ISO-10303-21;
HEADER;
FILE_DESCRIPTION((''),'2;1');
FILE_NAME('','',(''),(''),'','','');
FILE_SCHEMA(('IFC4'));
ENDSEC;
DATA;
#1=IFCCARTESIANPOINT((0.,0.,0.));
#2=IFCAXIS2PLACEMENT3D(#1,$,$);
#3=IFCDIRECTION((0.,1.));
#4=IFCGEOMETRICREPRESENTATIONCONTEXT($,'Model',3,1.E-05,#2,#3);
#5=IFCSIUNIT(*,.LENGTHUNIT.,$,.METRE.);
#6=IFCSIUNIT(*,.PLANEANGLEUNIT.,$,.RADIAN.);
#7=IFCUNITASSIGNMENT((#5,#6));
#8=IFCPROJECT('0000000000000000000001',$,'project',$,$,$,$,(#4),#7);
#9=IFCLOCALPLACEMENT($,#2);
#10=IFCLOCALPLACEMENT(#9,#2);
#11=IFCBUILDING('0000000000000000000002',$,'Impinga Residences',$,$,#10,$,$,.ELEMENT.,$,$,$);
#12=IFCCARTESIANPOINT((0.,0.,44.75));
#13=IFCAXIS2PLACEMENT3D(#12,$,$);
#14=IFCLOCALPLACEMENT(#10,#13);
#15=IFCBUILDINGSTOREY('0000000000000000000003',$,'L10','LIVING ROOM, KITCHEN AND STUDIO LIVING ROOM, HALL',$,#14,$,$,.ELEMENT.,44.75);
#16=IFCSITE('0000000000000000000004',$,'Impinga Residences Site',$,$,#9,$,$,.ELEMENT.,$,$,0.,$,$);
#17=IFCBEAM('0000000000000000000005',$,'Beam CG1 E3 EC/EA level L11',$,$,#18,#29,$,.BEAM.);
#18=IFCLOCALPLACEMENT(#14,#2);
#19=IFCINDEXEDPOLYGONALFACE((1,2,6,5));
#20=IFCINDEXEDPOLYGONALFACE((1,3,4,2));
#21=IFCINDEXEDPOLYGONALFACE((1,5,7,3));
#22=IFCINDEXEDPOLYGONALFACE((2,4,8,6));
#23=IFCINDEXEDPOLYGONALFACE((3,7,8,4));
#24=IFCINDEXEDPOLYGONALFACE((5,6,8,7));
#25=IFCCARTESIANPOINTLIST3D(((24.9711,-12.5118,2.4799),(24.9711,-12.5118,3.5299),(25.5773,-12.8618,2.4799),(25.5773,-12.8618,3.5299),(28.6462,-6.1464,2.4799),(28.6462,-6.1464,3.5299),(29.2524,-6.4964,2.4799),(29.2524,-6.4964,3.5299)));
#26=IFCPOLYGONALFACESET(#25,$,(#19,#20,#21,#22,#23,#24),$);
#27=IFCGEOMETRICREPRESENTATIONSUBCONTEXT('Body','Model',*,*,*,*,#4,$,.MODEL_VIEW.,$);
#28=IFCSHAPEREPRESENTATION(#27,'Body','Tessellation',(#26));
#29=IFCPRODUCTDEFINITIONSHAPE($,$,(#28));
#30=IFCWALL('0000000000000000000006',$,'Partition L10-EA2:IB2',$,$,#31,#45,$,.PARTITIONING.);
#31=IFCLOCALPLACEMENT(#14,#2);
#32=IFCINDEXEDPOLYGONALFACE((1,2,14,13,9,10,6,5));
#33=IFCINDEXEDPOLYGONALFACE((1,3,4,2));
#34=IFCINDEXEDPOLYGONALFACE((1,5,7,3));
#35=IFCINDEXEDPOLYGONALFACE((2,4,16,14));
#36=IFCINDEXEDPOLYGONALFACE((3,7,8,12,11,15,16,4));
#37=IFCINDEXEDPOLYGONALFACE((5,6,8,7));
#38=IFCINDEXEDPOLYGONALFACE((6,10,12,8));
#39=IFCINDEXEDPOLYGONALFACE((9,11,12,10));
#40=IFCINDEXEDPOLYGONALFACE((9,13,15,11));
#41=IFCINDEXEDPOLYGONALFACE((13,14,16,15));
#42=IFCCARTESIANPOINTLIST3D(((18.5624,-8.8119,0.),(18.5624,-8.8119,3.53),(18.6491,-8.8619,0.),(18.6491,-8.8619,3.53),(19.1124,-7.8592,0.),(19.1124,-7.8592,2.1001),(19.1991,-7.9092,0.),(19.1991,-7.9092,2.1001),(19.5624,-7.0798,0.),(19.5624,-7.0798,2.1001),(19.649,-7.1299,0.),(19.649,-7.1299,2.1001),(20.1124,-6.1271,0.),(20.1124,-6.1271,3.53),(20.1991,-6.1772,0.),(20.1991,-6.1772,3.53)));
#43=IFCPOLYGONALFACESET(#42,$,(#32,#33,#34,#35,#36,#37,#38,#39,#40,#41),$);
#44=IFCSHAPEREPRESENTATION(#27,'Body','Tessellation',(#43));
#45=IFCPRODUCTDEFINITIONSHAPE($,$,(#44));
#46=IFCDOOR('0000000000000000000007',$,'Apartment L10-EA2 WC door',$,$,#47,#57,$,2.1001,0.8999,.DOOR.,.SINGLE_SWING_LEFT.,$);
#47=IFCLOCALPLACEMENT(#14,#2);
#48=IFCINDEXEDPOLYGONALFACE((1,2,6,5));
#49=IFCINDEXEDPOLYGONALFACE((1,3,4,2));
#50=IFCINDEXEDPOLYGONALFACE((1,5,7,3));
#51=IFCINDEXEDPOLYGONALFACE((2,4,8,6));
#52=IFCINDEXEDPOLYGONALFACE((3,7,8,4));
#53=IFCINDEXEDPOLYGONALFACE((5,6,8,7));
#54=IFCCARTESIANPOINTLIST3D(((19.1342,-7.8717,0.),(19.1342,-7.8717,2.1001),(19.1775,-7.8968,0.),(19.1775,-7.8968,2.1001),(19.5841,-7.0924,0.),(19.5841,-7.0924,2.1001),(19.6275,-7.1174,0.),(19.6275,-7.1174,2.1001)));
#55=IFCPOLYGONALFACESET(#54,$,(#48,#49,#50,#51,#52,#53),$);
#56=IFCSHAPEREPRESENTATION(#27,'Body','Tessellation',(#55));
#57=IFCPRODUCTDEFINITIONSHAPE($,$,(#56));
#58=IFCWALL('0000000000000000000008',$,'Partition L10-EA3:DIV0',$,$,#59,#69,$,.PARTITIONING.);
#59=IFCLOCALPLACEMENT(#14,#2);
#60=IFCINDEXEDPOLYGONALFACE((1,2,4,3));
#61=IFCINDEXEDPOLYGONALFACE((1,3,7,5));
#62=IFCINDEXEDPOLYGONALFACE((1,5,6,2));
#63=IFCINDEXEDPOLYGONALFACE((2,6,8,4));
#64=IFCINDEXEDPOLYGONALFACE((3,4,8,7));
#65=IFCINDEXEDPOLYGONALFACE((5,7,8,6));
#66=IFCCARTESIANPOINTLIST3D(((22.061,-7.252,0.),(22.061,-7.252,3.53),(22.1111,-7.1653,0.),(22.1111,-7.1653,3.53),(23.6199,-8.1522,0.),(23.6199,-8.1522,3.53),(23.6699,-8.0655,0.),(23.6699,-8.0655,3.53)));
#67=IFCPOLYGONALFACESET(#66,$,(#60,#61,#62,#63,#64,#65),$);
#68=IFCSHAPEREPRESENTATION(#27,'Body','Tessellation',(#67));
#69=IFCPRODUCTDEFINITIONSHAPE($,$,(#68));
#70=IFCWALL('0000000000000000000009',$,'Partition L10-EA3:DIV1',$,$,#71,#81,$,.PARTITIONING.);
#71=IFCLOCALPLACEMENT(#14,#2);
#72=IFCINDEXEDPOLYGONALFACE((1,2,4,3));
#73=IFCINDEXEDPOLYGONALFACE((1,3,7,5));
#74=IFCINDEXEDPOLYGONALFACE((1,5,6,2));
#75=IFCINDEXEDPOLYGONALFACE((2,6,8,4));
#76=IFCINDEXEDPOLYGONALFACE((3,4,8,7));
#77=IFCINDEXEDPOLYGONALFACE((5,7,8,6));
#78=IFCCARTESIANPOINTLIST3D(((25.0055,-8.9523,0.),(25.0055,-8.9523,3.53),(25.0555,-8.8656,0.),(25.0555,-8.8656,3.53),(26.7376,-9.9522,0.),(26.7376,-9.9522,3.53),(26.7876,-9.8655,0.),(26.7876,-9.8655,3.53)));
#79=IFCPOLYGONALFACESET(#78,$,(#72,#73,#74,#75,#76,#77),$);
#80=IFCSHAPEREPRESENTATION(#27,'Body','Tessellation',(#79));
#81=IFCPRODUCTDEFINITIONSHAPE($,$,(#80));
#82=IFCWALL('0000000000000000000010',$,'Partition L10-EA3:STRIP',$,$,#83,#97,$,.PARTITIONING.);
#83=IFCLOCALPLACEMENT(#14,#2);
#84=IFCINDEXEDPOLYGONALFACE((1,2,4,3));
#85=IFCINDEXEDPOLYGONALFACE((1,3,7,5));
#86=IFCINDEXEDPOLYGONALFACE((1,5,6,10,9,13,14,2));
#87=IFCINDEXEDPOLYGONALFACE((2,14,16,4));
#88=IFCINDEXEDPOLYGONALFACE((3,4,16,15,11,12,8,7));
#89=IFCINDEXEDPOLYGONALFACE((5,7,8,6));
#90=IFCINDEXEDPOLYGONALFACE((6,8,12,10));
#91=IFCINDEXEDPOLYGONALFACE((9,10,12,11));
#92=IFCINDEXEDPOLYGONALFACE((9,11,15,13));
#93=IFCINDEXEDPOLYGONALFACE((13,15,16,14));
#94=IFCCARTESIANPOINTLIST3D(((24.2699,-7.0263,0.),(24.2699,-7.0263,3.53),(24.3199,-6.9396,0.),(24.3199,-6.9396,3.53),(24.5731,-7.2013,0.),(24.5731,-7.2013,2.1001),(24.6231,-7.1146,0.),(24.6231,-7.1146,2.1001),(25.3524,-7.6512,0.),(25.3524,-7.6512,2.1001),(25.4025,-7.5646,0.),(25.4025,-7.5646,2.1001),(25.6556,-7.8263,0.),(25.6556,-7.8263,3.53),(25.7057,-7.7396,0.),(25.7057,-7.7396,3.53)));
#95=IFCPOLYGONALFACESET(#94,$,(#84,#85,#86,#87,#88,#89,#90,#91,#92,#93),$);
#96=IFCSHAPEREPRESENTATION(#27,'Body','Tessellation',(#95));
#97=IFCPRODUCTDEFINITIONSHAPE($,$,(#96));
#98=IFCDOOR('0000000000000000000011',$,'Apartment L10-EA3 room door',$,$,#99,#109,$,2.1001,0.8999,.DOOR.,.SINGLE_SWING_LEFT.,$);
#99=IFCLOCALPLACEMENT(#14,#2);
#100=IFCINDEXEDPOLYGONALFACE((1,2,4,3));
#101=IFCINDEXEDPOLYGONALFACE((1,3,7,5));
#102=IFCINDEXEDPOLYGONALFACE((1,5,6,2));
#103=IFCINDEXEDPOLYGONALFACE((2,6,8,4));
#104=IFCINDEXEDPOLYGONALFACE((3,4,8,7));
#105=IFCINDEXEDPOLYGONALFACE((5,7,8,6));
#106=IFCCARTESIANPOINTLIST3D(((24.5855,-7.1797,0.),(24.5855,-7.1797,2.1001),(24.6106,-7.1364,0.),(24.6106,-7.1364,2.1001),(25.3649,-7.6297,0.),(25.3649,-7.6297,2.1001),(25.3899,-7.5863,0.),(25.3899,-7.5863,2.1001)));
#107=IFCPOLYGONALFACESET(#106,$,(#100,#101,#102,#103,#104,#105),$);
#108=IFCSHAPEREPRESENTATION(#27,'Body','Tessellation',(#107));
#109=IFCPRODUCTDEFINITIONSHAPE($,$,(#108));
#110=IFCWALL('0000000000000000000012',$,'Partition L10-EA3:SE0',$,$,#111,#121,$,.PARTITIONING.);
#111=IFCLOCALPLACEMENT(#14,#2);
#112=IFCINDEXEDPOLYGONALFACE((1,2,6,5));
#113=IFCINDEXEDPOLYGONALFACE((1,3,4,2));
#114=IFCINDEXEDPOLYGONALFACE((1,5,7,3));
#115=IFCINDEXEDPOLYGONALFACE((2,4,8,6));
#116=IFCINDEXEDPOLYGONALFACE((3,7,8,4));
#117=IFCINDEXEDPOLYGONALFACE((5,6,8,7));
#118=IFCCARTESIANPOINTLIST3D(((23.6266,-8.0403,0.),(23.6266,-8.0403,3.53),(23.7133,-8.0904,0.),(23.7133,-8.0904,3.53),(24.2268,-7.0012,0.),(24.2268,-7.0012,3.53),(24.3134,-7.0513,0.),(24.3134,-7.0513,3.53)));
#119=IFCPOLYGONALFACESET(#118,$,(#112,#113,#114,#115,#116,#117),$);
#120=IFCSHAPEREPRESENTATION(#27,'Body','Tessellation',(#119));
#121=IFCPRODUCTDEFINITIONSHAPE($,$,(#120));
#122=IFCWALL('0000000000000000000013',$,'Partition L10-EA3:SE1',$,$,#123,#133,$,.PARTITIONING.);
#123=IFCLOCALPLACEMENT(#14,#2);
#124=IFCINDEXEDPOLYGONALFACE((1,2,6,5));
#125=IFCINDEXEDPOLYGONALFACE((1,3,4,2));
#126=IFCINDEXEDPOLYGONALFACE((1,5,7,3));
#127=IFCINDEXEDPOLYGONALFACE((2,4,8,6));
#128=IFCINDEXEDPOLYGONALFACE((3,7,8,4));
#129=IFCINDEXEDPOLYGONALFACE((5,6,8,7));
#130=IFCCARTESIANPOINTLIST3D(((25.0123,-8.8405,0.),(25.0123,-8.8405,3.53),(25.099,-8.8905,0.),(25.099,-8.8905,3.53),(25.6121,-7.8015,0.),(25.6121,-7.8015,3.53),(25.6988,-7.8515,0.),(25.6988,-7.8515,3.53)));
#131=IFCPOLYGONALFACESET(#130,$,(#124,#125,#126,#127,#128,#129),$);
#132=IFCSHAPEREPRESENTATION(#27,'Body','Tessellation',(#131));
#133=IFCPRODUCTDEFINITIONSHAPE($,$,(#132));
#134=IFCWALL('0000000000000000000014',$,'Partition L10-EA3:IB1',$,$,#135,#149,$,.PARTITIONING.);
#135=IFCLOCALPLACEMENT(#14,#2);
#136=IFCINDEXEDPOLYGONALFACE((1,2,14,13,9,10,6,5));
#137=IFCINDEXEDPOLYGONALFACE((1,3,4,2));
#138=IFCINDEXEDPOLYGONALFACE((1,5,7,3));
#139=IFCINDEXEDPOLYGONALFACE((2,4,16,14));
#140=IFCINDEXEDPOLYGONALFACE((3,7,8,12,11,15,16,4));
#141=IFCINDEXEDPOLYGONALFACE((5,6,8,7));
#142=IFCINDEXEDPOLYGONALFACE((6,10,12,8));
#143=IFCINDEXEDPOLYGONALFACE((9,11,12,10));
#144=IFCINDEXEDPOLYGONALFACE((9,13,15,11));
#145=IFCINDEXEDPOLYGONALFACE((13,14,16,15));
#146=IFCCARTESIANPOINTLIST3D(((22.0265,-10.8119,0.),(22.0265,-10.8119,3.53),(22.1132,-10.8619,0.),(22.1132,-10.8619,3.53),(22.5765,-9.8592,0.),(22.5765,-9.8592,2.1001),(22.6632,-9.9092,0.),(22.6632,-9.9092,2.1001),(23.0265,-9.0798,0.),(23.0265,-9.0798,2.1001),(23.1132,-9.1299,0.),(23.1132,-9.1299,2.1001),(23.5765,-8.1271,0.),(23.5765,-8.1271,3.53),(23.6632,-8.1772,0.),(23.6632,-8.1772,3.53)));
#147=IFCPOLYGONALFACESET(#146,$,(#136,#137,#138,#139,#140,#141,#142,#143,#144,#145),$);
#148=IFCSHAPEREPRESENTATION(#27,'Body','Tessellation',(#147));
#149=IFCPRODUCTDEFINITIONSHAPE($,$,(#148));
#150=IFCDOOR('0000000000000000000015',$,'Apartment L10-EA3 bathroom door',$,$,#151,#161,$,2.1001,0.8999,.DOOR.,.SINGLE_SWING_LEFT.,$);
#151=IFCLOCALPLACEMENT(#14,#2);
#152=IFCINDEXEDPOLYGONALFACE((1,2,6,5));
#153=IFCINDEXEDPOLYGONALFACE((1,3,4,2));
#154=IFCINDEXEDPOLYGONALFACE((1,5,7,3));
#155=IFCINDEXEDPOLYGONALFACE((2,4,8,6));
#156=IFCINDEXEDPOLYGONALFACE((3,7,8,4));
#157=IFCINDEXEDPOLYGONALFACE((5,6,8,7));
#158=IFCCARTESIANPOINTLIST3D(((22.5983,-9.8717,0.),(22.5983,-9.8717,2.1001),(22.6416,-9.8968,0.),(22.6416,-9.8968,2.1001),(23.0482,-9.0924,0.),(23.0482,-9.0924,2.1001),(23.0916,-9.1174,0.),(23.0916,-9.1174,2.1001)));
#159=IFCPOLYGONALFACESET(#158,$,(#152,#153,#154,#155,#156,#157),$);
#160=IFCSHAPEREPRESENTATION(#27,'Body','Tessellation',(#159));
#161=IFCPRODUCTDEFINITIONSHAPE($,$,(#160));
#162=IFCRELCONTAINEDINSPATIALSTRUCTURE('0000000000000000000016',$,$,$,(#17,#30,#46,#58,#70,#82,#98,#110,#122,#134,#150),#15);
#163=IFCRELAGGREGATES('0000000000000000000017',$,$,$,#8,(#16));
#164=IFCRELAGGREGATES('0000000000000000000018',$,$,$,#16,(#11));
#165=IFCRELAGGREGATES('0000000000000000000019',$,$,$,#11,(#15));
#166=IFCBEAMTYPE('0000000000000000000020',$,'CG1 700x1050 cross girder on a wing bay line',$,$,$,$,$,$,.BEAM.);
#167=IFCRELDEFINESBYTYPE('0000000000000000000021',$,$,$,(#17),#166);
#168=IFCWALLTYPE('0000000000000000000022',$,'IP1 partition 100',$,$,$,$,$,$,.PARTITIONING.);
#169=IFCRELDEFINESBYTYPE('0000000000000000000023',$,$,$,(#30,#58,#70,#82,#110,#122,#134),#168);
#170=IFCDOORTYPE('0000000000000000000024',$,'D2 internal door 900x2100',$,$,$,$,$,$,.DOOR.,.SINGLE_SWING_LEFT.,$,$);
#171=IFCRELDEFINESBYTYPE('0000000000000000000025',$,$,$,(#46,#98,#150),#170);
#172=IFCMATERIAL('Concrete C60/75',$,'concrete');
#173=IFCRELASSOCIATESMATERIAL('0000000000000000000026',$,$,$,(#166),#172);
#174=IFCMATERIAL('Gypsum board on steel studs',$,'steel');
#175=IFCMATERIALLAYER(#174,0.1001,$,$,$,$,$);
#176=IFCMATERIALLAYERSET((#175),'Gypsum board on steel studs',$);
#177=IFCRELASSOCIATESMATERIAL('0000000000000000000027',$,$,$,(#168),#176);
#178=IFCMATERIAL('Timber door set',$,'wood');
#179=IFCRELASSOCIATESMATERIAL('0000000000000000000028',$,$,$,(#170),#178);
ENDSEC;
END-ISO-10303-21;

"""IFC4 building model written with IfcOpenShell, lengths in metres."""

from ifc_helpers import new_model, si_unit, direction, frame, frame_2d, origin, origin_2d, place, context, subcontext, project, spatial, rectangle, extrude, material, layer, layer_set, material_profile, profile_set, type_object, element, fill, save


model = new_model("IFC4")

# Units and contexts
model_context = context("Model", 3, precision=1e-05, world=origin(), true_north=direction((0.0, 1.0)))
body_context = subcontext(model_context, "Body", "Model", "MODEL_VIEW")
ifc_project = project(units=[si_unit("LENGTHUNIT", "METRE"), si_unit("PLANEANGLEUNIT", "RADIAN")], contexts=[model_context])

# Site, building, storey
site_placement = place(None, origin())
site = spatial("IfcSite", under=ifc_project, at=site_placement, Name="Impinga Residences Site", CompositionType="ELEMENT", RefElevation=0.0)
building_placement = place(site_placement, origin())
building = spatial("IfcBuilding", under=site, at=building_placement, Name="Impinga Residences", CompositionType="ELEMENT")
storey_placement = place(building_placement, frame((0.0, 0.0, 44.75)))
storey = spatial("IfcBuildingStorey", under=building, at=storey_placement, Name="L10", Description="LIVING ROOM, KITCHEN AND STUDIO LIVING ROOM, HALL", CompositionType="ELEMENT", Elevation=44.75)

# Beam
ifc_material_1 = material(Name="Concrete C60/75", Category="concrete")
ifc_material_profile = material_profile(ifc_material_1, rectangle(XDim=0.7, YDim=1.05, at=origin_2d()), Name="RC 700x1050")
ifc_profile_set = profile_set([ifc_material_profile], Name="Concrete C60/75")
beam_type = type_object("IfcBeamType", Name="CG1 700x1050 cross girder on a wing bay line", PredefinedType="BEAM", material=ifc_profile_set)
beam_placement = place(storey_placement, frame((25.2742, -12.6868, 3.0049), z_axis=(0.500008, 0.866021, 0.0), x_axis=(-0.866021, 0.500008, 0.0)))
element("IfcBeam", 1, at=beam_placement, inside=storey, type_object=beam_type, Name="Beam CG1 E3 EC/EA level L11", PredefinedType="BEAM", context=body_context, shape_type="SweptSolid", body=[
    extrude(rectangle(XDim=0.7, YDim=1.05, at=origin_2d()), origin(), (0.0, 0.0, 1.0), 7.3501),
])

# Wall, opening, door
ifc_material_2 = material(Name="Gypsum board on steel studs", Category="steel")
ifc_layer_1 = layer(ifc_material_2, 0.1001)
ifc_layer_set_1 = layer_set([ifc_layer_1], Name="Gypsum board on steel studs")
wall_type_1 = type_object("IfcWallType", Name="IP1 partition 100", PredefinedType="PARTITIONING", material=ifc_layer_set_1)
wall_1_placement = place(storey_placement, frame((18.6057, -8.8369, 0.0), z_axis=(0.0, 0.0, 1.0), x_axis=(0.499993, 0.86603, 0.0)))
wall_1 = element("IfcWall", 2, at=wall_1_placement, inside=storey, type_object=wall_type_1, Name="Partition L10-EA2:IB2", PredefinedType="PARTITIONING", context=body_context, shape_type="SweptSolid", body=[
    extrude(rectangle(XDim=3.1001, YDim=0.1001, at=frame_2d((1.55, 0.0))), origin(), (0.0, 0.0, 1.0), 3.53),
])
opening_1_placement = place(wall_1_placement, frame((1.1001, 0.0, 0.0)))
opening_1 = element("IfcOpeningElement", 3, at=opening_1_placement, cuts=wall_1, PredefinedType="OPENING", context=body_context, shape_type="SweptSolid", body=[
    extrude(rectangle(XDim=0.8999, YDim=2.1001, at=frame_2d((0.45, 1.05))), frame((0.0, 0.0601, 0.0), z_axis=(0.0, -1.0, 0.0), x_axis=(1.0, 0.0, 0.0)), (0.0, 0.0, 1.0), 0.1201),
])
ifc_material_3 = material(Name="Timber door set", Category="wood")
door_type = type_object("IfcDoorType", Name="D2 internal door 900x2100", OperationType="SINGLE_SWING_LEFT", PredefinedType="DOOR", material=ifc_material_3)
door_1_placement = place(opening_1_placement, origin())
door_1 = element("IfcDoor", 4, at=door_1_placement, inside=storey, type_object=door_type, Name="Apartment L10-EA2 WC door", OperationType="SINGLE_SWING_LEFT", OverallHeight=2.1001, OverallWidth=0.8999, PredefinedType="DOOR", context=body_context, shape_type="SweptSolid", body=[
    extrude(rectangle(XDim=0.8999, YDim=2.1001, at=frame_2d((0.45, 1.05))), frame((0.0, 0.0249, 0.0), z_axis=(0.0, -1.0, 0.0), x_axis=(1.0, 0.0, 0.0)), (0.0, 0.0, 1.0), 0.05),
])
fill(opening_1, door_1)

# Walls
wall_2_placement = place(storey_placement, frame((22.0862, -7.2087, 0.0), z_axis=(0.0, 0.0, 1.0), x_axis=(0.865989, -0.500063, 0.0)))
element("IfcWall", 5, at=wall_2_placement, inside=storey, type_object=wall_type_1, Name="Partition L10-EA3:DIV0", PredefinedType="PARTITIONING", context=body_context, shape_type="SweptSolid", body=[
    extrude(rectangle(XDim=1.8, YDim=0.1001, at=frame_2d((0.8999, 0.0))), origin(), (0.0, 0.0, 1.0), 3.53),
])
wall_3_placement = place(storey_placement, frame((25.0305, -8.9089, 0.0), z_axis=(0.0, 0.0, 1.0), x_axis=(0.866041, -0.499973, 0.0)))
element("IfcWall", 6, at=wall_3_placement, inside=storey, type_object=wall_type_1, Name="Partition L10-EA3:DIV1", PredefinedType="PARTITIONING", context=body_context, shape_type="SweptSolid", body=[
    extrude(rectangle(XDim=2.0, YDim=0.1001, at=frame_2d((1.0, 0.0))), origin(), (0.0, 0.0, 1.0), 3.53),
])

# Wall, opening, door
wall_4_placement = place(storey_placement, frame((24.2949, -6.9829, 0.0), z_axis=(0.0, 0.0, 1.0), x_axis=(0.866028, -0.499995, 0.0)))
wall_4 = element("IfcWall", 7, at=wall_4_placement, inside=storey, type_object=wall_type_1, Name="Partition L10-EA3:STRIP", PredefinedType="PARTITIONING", context=body_context, shape_type="SweptSolid", body=[
    extrude(rectangle(XDim=1.6001, YDim=0.1001, at=frame_2d((0.8, 0.0))), origin(), (0.0, 0.0, 1.0), 3.53),
])
opening_2_placement = place(wall_4_placement, frame((0.3501, 0.0, 0.0)))
opening_2 = element("IfcOpeningElement", 8, at=opening_2_placement, cuts=wall_4, PredefinedType="OPENING", context=body_context, shape_type="SweptSolid", body=[
    extrude(rectangle(XDim=0.8999, YDim=2.1001, at=frame_2d((0.45, 1.05))), frame((0.0, 0.0601, 0.0), z_axis=(0.0, -1.0, 0.0), x_axis=(1.0, 0.0, 0.0)), (0.0, 0.0, 1.0), 0.1201),
])
door_2_placement = place(opening_2_placement, origin())
door_2 = element("IfcDoor", 9, at=door_2_placement, inside=storey, type_object=door_type, Name="Apartment L10-EA3 room door", OperationType="SINGLE_SWING_LEFT", OverallHeight=2.1001, OverallWidth=0.8999, PredefinedType="DOOR", context=body_context, shape_type="SweptSolid", body=[
    extrude(rectangle(XDim=0.8999, YDim=2.1001, at=frame_2d((0.45, 1.05))), frame((0.0, 0.0249, 0.0), z_axis=(0.0, -1.0, 0.0), x_axis=(1.0, 0.0, 0.0)), (0.0, 0.0, 1.0), 0.05),
])
fill(opening_2, door_2)

# Walls
wall_5_placement = place(storey_placement, frame((23.6699, -8.0654, 0.0), z_axis=(0.0, 0.0, 1.0), x_axis=(0.500122, 0.865955, 0.0)))
element("IfcWall", 10, at=wall_5_placement, inside=storey, type_object=wall_type_1, Name="Partition L10-EA3:SE0", PredefinedType="PARTITIONING", context=body_context, shape_type="SweptSolid", body=[
    extrude(rectangle(XDim=1.2, YDim=0.1001, at=frame_2d((0.6001, 0.0))), origin(), (0.0, 0.0, 1.0), 3.53),
])
wall_6_placement = place(storey_placement, frame((25.0557, -8.8655, 0.0), z_axis=(0.0, 0.0, 1.0), x_axis=(0.499969, 0.866043, 0.0)))
element("IfcWall", 11, at=wall_6_placement, inside=storey, type_object=wall_type_1, Name="Partition L10-EA3:SE1", PredefinedType="PARTITIONING", context=body_context, shape_type="SweptSolid", body=[
    extrude(rectangle(XDim=1.1997, YDim=0.1001, at=frame_2d((0.5999, 0.0))), origin(), (0.0, 0.0, 1.0), 3.53),
])

# Wall, opening, door
wall_7_placement = place(storey_placement, frame((22.0698, -10.8369, 0.0), z_axis=(0.0, 0.0, 1.0), x_axis=(0.499993, 0.86603, 0.0)))
wall_7 = element("IfcWall", 12, at=wall_7_placement, inside=storey, type_object=wall_type_1, Name="Partition L10-EA3:IB1", PredefinedType="PARTITIONING", context=body_context, shape_type="SweptSolid", body=[
    extrude(rectangle(XDim=3.1001, YDim=0.1001, at=frame_2d((1.55, 0.0))), origin(), (0.0, 0.0, 1.0), 3.53),
])
opening_3_placement = place(wall_7_placement, frame((1.1001, 0.0, 0.0)))
opening_3 = element("IfcOpeningElement", 13, at=opening_3_placement, cuts=wall_7, PredefinedType="OPENING", context=body_context, shape_type="SweptSolid", body=[
    extrude(rectangle(XDim=0.8999, YDim=2.1001, at=frame_2d((0.45, 1.05))), frame((0.0, 0.0601, 0.0), z_axis=(0.0, -1.0, 0.0), x_axis=(1.0, 0.0, 0.0)), (0.0, 0.0, 1.0), 0.1201),
])
door_3_placement = place(opening_3_placement, origin())
door_3 = element("IfcDoor", 14, at=door_3_placement, inside=storey, type_object=door_type, Name="Apartment L10-EA3 bathroom door", OperationType="SINGLE_SWING_LEFT", OverallHeight=2.1001, OverallWidth=0.8999, PredefinedType="DOOR", context=body_context, shape_type="SweptSolid", body=[
    extrude(rectangle(XDim=0.8999, YDim=2.1001, at=frame_2d((0.45, 1.05))), frame((0.0, 0.0249, 0.0), z_axis=(0.0, -1.0, 0.0), x_axis=(1.0, 0.0, 0.0)), (0.0, 0.0, 1.0), 0.05),
])
fill(opening_3, door_3)

save(model, "model.ifc")
